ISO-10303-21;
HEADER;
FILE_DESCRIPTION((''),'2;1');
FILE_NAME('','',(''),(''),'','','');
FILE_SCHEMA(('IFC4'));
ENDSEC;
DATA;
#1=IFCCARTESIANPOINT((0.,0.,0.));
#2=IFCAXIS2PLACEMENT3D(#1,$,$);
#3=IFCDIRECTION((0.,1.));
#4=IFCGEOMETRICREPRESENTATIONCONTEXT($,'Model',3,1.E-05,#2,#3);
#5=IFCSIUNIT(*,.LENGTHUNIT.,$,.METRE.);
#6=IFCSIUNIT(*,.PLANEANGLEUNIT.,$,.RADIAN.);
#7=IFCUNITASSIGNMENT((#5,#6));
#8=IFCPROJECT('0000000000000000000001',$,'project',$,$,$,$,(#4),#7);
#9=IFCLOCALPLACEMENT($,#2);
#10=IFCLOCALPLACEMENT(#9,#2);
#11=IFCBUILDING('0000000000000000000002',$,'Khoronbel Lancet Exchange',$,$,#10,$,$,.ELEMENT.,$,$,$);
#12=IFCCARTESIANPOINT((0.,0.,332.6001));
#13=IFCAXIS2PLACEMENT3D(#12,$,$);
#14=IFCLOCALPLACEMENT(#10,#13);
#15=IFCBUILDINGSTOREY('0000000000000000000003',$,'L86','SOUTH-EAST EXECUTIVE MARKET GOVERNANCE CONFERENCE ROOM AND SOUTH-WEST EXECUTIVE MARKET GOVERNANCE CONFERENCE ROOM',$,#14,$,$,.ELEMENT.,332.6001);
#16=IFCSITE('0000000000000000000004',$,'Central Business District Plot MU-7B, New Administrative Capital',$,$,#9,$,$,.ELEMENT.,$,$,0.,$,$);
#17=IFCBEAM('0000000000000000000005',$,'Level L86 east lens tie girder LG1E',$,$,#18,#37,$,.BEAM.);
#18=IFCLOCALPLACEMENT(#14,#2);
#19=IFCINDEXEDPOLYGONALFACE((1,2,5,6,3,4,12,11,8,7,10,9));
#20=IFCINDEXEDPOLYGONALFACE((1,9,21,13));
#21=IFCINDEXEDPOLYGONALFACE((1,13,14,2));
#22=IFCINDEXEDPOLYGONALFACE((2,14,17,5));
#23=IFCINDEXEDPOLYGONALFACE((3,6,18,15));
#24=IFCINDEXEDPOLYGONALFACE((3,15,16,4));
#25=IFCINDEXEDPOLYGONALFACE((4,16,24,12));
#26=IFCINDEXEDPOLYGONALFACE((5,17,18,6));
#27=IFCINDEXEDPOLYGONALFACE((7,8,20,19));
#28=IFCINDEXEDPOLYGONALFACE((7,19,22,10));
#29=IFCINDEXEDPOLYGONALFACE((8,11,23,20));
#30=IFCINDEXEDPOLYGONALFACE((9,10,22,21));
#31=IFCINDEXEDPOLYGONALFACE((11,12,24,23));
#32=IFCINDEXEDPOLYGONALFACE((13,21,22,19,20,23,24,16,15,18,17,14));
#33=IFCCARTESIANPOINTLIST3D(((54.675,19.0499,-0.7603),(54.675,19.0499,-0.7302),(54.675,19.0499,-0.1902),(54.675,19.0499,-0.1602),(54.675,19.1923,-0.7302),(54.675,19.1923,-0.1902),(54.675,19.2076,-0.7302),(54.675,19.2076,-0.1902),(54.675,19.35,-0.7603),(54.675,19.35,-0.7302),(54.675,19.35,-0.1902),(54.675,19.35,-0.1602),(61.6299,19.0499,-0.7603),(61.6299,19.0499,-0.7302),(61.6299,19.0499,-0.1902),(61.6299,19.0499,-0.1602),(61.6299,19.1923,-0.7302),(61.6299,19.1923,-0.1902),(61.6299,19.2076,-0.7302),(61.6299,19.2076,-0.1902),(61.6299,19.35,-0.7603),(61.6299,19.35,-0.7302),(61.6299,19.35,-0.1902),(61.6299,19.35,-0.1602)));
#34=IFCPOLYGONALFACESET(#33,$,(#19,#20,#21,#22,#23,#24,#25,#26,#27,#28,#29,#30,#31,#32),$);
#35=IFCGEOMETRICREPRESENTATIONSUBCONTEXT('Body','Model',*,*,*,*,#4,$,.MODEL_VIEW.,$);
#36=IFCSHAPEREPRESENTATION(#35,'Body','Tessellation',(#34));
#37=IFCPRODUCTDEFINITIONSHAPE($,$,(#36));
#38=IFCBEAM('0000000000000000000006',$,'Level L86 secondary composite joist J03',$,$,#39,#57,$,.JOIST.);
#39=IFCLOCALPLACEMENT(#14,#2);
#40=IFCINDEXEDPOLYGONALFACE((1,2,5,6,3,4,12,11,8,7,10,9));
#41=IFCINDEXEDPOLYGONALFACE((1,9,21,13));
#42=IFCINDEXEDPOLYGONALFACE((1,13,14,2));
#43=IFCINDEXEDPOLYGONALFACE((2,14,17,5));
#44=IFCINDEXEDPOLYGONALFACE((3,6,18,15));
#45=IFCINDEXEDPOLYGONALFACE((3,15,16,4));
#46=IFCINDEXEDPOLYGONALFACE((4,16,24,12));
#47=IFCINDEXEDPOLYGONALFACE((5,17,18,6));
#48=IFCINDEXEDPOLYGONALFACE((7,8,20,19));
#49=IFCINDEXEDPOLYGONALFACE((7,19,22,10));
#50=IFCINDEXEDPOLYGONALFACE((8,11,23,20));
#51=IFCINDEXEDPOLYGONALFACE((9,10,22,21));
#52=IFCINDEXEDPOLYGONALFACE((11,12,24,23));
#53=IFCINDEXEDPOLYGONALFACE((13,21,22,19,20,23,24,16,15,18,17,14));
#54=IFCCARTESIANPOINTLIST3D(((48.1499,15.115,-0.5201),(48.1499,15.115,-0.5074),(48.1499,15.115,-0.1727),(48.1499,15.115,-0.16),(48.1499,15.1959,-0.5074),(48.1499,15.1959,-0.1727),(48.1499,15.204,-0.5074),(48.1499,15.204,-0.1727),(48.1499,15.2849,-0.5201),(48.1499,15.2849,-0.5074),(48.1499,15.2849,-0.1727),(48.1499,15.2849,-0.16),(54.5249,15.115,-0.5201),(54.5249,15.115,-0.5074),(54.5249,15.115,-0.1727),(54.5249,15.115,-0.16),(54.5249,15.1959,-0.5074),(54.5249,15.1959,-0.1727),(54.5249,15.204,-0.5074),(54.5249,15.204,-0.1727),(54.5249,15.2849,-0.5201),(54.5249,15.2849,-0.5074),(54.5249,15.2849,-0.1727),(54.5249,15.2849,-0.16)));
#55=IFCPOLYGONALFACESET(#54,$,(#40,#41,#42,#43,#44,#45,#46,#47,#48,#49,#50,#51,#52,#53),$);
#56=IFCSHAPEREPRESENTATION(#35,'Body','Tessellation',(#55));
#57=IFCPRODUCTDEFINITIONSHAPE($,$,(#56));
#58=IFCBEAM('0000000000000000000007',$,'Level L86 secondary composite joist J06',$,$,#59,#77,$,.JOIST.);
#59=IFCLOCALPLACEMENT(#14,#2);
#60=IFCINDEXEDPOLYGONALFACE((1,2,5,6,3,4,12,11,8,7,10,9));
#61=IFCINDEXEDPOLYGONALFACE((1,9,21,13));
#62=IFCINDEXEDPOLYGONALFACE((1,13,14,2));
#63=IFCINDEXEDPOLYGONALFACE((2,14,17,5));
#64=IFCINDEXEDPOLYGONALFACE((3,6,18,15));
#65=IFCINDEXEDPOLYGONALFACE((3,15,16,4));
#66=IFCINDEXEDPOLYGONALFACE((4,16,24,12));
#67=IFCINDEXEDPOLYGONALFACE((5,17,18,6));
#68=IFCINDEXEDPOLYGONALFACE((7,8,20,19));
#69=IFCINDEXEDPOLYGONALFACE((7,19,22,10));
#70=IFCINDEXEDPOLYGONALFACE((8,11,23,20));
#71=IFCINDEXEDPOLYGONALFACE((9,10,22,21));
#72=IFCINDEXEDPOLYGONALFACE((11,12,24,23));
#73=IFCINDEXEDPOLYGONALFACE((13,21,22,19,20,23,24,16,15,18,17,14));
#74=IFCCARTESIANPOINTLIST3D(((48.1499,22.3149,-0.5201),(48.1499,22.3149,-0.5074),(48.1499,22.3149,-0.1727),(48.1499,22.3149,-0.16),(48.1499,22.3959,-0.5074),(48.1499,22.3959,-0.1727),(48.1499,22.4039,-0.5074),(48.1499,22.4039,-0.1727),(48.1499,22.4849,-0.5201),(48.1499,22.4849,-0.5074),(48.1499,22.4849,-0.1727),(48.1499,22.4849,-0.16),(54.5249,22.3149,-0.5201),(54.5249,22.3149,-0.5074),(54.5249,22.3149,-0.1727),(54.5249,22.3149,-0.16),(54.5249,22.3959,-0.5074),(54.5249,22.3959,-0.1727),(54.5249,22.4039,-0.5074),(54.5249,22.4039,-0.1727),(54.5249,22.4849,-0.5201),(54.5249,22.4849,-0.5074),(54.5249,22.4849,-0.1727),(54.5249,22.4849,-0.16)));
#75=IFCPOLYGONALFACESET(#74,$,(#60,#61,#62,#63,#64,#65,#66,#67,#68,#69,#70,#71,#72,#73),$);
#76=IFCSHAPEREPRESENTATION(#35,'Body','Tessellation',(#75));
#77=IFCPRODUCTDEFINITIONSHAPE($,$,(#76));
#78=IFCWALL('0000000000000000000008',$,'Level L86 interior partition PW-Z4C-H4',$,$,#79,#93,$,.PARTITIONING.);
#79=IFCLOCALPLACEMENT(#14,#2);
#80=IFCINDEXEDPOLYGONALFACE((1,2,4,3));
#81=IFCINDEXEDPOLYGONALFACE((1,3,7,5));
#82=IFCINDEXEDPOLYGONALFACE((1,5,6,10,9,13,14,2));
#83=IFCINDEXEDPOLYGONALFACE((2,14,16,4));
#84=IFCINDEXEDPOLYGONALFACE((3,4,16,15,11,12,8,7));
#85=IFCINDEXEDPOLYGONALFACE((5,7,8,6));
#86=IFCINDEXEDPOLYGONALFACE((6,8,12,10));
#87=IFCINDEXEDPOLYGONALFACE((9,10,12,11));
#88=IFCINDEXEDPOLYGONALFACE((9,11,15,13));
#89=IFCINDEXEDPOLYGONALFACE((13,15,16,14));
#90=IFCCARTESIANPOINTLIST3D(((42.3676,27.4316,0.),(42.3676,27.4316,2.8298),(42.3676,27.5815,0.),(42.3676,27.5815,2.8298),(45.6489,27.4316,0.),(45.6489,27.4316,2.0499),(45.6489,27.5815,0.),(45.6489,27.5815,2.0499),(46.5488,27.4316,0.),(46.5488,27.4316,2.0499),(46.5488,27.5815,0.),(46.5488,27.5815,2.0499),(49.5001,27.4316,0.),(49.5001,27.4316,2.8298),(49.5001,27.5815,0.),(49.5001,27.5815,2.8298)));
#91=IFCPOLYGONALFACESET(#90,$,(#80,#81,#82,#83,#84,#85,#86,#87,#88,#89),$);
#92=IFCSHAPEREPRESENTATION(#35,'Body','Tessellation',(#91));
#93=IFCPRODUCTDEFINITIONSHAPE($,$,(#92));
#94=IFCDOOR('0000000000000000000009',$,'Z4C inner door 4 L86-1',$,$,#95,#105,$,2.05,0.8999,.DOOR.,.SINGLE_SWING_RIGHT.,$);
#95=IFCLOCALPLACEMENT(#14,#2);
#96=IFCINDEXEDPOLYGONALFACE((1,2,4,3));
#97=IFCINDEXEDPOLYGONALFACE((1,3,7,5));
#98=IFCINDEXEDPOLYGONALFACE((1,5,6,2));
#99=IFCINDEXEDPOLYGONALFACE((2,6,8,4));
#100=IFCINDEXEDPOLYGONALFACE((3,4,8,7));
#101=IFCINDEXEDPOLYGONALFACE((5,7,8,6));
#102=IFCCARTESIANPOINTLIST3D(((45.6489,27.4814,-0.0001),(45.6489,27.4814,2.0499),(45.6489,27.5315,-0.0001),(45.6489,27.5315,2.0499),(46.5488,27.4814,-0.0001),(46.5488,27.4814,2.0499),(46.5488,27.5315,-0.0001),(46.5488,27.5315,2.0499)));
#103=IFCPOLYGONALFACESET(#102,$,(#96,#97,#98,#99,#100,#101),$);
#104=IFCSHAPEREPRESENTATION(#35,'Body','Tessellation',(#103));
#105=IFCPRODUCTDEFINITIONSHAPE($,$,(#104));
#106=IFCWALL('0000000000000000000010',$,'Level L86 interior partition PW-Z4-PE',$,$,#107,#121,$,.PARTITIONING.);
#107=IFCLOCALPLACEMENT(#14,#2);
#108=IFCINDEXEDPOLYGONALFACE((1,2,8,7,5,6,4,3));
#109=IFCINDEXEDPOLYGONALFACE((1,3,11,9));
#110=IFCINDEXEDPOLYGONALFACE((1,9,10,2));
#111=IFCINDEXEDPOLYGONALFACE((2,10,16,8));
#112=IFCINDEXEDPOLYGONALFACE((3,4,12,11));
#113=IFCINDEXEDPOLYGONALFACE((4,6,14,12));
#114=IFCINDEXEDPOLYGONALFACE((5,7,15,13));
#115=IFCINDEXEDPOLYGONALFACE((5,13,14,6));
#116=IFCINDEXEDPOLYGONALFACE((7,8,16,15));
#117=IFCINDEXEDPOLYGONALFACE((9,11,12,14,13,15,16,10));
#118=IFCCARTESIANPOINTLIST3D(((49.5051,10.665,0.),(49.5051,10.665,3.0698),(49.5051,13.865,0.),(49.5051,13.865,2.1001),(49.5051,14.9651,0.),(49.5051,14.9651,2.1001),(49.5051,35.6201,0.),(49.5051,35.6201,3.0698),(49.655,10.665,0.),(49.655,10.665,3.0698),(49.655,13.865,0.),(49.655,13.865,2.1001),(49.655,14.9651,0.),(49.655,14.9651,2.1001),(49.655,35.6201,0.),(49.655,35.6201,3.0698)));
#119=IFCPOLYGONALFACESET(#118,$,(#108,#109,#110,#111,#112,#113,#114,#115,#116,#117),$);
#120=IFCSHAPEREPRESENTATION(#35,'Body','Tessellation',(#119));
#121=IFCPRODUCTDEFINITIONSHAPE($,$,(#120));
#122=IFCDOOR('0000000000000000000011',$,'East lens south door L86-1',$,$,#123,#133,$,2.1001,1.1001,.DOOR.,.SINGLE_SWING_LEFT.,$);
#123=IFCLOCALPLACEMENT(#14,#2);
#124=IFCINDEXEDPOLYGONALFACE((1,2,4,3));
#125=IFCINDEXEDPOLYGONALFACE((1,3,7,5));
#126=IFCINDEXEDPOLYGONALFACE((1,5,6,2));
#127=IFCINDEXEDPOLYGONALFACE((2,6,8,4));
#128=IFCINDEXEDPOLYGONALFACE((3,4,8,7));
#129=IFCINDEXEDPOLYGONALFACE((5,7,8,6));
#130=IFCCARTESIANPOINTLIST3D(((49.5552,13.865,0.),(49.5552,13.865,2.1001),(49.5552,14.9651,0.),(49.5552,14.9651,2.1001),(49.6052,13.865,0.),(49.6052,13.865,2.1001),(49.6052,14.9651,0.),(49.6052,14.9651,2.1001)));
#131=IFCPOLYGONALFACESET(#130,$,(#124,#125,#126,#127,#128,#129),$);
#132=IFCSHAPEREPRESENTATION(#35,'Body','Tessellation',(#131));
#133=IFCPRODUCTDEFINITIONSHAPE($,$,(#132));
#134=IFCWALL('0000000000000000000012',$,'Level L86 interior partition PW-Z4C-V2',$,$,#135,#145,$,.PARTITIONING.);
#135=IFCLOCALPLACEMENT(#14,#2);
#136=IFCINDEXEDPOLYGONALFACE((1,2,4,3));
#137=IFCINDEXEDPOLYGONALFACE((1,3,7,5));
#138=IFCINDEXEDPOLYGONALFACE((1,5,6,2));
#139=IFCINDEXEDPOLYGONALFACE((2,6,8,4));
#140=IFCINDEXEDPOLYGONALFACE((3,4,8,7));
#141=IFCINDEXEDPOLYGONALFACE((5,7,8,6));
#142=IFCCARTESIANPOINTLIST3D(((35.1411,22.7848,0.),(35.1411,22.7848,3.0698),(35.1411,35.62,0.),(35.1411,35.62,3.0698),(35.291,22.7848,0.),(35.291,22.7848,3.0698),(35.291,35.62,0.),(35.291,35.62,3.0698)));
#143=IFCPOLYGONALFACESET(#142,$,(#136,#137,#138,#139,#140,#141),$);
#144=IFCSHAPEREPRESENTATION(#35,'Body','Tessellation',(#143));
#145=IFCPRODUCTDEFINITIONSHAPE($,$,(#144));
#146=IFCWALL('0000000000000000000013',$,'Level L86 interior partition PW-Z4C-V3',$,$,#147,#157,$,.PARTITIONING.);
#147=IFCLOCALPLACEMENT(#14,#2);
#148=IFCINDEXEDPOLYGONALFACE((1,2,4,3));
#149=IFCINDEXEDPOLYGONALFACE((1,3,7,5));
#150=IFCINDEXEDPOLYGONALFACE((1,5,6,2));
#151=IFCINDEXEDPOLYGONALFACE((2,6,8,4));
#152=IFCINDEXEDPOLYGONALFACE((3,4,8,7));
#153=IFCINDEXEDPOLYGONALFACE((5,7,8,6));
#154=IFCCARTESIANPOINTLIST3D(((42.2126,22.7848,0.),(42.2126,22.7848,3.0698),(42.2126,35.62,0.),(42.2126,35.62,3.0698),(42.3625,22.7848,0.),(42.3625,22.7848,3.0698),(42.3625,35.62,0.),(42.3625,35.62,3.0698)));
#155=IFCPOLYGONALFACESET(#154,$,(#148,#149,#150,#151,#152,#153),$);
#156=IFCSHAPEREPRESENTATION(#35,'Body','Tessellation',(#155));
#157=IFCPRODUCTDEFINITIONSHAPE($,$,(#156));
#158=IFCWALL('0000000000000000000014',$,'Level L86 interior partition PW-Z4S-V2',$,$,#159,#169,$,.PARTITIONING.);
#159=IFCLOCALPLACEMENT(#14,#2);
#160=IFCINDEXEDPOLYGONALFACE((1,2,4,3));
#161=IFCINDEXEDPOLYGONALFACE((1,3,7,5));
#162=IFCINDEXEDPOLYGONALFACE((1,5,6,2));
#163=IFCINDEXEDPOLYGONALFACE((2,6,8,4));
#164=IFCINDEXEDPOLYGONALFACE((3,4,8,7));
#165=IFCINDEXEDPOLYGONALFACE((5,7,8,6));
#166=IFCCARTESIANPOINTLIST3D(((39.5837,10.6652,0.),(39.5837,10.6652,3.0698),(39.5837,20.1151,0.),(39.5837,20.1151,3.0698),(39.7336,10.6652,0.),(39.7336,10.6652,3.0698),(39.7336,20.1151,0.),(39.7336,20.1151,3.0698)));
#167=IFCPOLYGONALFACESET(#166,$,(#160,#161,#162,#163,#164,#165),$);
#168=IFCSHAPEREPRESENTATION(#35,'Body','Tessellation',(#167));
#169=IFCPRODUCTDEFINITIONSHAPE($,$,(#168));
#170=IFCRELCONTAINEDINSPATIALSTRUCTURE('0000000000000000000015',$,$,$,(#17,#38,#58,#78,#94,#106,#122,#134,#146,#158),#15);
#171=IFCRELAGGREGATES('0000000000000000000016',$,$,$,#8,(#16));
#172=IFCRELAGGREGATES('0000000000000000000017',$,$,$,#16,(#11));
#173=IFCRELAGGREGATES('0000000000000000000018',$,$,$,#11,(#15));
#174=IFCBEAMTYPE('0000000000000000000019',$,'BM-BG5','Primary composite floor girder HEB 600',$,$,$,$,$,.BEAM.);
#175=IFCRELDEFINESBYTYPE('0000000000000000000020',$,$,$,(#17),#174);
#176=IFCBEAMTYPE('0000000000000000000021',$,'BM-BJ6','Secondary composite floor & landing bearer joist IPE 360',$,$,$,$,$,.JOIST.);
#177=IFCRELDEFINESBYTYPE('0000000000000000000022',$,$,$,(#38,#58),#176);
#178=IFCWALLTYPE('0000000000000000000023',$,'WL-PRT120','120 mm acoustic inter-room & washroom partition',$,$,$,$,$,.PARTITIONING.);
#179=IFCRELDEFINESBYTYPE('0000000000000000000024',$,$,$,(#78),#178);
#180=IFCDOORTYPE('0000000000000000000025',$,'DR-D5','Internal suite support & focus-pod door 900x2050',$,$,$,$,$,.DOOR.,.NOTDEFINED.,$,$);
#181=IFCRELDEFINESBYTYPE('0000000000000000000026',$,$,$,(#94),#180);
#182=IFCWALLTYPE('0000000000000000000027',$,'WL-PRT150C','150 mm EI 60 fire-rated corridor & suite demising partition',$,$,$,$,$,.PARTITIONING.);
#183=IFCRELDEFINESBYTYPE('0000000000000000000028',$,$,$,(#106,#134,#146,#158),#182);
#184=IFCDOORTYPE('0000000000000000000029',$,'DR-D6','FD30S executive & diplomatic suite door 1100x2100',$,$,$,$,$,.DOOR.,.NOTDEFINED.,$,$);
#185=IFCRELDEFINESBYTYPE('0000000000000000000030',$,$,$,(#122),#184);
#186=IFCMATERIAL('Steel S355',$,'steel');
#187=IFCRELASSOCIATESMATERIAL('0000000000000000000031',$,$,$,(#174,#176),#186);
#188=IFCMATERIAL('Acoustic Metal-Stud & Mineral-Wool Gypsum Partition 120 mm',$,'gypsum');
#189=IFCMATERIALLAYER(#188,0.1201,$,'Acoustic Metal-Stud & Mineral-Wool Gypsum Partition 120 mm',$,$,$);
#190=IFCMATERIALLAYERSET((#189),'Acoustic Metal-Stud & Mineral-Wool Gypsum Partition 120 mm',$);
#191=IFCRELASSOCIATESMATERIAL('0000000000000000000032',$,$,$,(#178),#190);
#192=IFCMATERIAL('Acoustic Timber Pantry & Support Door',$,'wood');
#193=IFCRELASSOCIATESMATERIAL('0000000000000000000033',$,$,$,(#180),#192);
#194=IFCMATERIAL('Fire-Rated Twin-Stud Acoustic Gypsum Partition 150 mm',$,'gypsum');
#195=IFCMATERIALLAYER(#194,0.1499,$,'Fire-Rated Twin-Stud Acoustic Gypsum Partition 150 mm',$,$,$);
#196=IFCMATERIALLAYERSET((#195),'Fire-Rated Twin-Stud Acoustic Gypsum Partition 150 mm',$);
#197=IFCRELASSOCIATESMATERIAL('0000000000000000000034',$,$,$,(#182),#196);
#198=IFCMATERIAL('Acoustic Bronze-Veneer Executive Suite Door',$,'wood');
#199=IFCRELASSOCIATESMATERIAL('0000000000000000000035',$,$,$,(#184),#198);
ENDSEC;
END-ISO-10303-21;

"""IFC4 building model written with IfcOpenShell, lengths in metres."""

from ifc_helpers import new_model, si_unit, direction, frame, frame_2d, origin, origin_2d, place, context, subcontext, project, spatial, rectangle, i_section, extrude, material, layer, layer_set, material_profile, profile_set, type_object, element, fill, save


model = new_model("IFC4")

# Units and contexts
model_context = context("Model", 3, precision=1e-05, world=origin(), true_north=direction((0.0, 1.0)))
body_context = subcontext(model_context, "Body", "Model", "MODEL_VIEW")
ifc_project = project(units=[si_unit("LENGTHUNIT", "METRE"), si_unit("PLANEANGLEUNIT", "RADIAN")], contexts=[model_context])

# Site, building, storey
site_placement = place(None, origin())
site = spatial("IfcSite", under=ifc_project, at=site_placement, Name="Central Business District Plot MU-7B, New Administrative Capital", CompositionType="ELEMENT", RefElevation=0.0)
building_placement = place(site_placement, origin())
building = spatial("IfcBuilding", under=site, at=building_placement, Name="Khoronbel Lancet Exchange", CompositionType="ELEMENT")
storey_placement = place(building_placement, frame((0.0, 0.0, 332.6001)))
storey = spatial("IfcBuildingStorey", under=building, at=storey_placement, Name="L86", Description="SOUTH-EAST EXECUTIVE MARKET GOVERNANCE CONFERENCE ROOM AND SOUTH-WEST EXECUTIVE MARKET GOVERNANCE CONFERENCE ROOM", CompositionType="ELEMENT", Elevation=332.6001)

# Beams
ifc_material_1 = material(Name="Steel S355", Category="steel")
ifc_material_profile_1 = material_profile(ifc_material_1, i_section(OverallWidth=0.3, OverallDepth=0.6001, WebThickness=0.0154, FlangeThickness=0.03, at=origin_2d()), Name="HEB 600")
ifc_profile_set_1 = profile_set([ifc_material_profile_1], Name="Steel S355")
beam_type_1 = type_object("IfcBeamType", Name="BM-BG5", Description="Primary composite floor girder HEB 600", PredefinedType="BEAM", material=ifc_profile_set_1)
beam_placement = place(storey_placement, frame((54.675, 19.2, -0.4602), z_axis=(1.0, 0.0, 0.0), x_axis=(0.0, 1.0, 0.0)))
element("IfcBeam", 1, at=beam_placement, inside=storey, type_object=beam_type_1, Name="Level L86 east lens tie girder LG1E", PredefinedType="BEAM", context=body_context, shape_type="SweptSolid", body=[
    extrude(i_section(OverallWidth=0.3, OverallDepth=0.6001, WebThickness=0.0154, FlangeThickness=0.03, at=origin_2d()), origin(), (0.0, 0.0, 1.0), 6.9548),
])
ifc_material_profile_2 = material_profile(ifc_material_1, i_section(OverallWidth=0.1699, OverallDepth=0.3601, WebThickness=0.0081, FlangeThickness=0.0127, at=origin_2d()), Name="IPE 360")
ifc_profile_set_2 = profile_set([ifc_material_profile_2], Name="Steel S355")
beam_type_2 = type_object("IfcBeamType", Name="BM-BJ6", Description="Secondary composite floor & landing bearer joist IPE 360", PredefinedType="JOIST", material=ifc_profile_set_2)
for number, where, z_axis, x_axis, name in (
    (2, (48.1499, 15.2, -0.3401), (1.0, 0.0, 0.0), (0.0, 1.0, 0.0), "Level L86 secondary composite joist J03"),
    (3, (48.1499, 22.3999, -0.3401), (1.0, 0.0, 0.0), (0.0, 1.0, 0.0), "Level L86 secondary composite joist J06"),
):
    element("IfcBeam", number, at=place(storey_placement, frame(where, z_axis=z_axis, x_axis=x_axis)), inside=storey, type_object=beam_type_2, Name=name, PredefinedType="JOIST", context=body_context, shape_type="SweptSolid", body=[
        extrude(i_section(OverallWidth=0.1699, OverallDepth=0.3601, WebThickness=0.0081, FlangeThickness=0.0127, at=origin_2d()), origin(), (0.0, 0.0, 1.0), 6.375),
    ])

# Walls, openings, doors
ifc_material_2 = material(Name="Acoustic Metal-Stud & Mineral-Wool Gypsum Partition 120 mm", Category="gypsum")
ifc_layer_1 = layer(ifc_material_2, 0.1201, Name="Acoustic Metal-Stud & Mineral-Wool Gypsum Partition 120 mm")
ifc_layer_set_1 = layer_set([ifc_layer_1], Name="Acoustic Metal-Stud & Mineral-Wool Gypsum Partition 120 mm")
wall_type_1 = type_object("IfcWallType", Name="WL-PRT120", Description="120 mm acoustic inter-room & washroom partition", PredefinedType="PARTITIONING", material=ifc_layer_set_1)
wall_1_placement = place(storey_placement, frame((42.3674, 27.5066, 0.0), z_axis=(0.0, 0.0, 1.0), x_axis=(1.0, 0.0, 0.0)))
wall_1 = element("IfcWall", 4, at=wall_1_placement, inside=storey, type_object=wall_type_1, Name="Level L86 interior partition PW-Z4C-H4", PredefinedType="PARTITIONING", context=body_context, shape_type="SweptSolid", body=[
    extrude(rectangle(XDim=7.1326, YDim=0.1499, at=frame_2d((3.5664, 0.0))), origin(), (0.0, 0.0, 1.0), 2.8298),
])
opening_1_placement = place(wall_1_placement, frame((3.2815, 0.0, 0.0)))
opening_1 = element("IfcOpeningElement", 5, at=opening_1_placement, cuts=wall_1, PredefinedType="OPENING", context=body_context, shape_type="SweptSolid", body=[
    extrude(rectangle(XDim=0.8999, YDim=2.05, at=frame_2d((0.45, 1.0249))), frame((0.0, 0.085, 0.0), z_axis=(0.0, -1.0, 0.0), x_axis=(1.0, 0.0, 0.0)), (0.0, 0.0, 1.0), 0.1699),
])
ifc_material_3 = material(Name="Acoustic Timber Pantry & Support Door", Category="wood")
door_type_1 = type_object("IfcDoorType", Name="DR-D5", Description="Internal suite support & focus-pod door 900x2050", OperationType="NOTDEFINED", PredefinedType="DOOR", material=ifc_material_3)
door_1_placement = place(opening_1_placement, origin())
door_1 = element("IfcDoor", 6, at=door_1_placement, inside=storey, type_object=door_type_1, Name="Z4C inner door 4 L86-1", OperationType="SINGLE_SWING_RIGHT", OverallHeight=2.05, OverallWidth=0.8999, PredefinedType="DOOR", context=body_context, shape_type="SweptSolid", body=[
    extrude(rectangle(XDim=0.8999, YDim=2.05, at=frame_2d((0.45, 1.0249))), frame((0.0, 0.0249, 0.0), z_axis=(0.0, -1.0, 0.0), x_axis=(1.0, 0.0, 0.0)), (0.0, 0.0, 1.0), 0.05),
])
fill(opening_1, door_1)
ifc_material_4 = material(Name="Fire-Rated Twin-Stud Acoustic Gypsum Partition 150 mm", Category="gypsum")
ifc_layer_2 = layer(ifc_material_4, 0.1499, Name="Fire-Rated Twin-Stud Acoustic Gypsum Partition 150 mm")
ifc_layer_set_2 = layer_set([ifc_layer_2], Name="Fire-Rated Twin-Stud Acoustic Gypsum Partition 150 mm")
wall_type_2 = type_object("IfcWallType", Name="WL-PRT150C", Description="150 mm EI 60 fire-rated corridor & suite demising partition", PredefinedType="PARTITIONING", material=ifc_layer_set_2)
wall_2_placement = place(storey_placement, frame((49.5801, 10.665, 0.0), z_axis=(0.0, 0.0, 1.0), x_axis=(0.0, 1.0, 0.0)))
wall_2 = element("IfcWall", 7, at=wall_2_placement, inside=storey, type_object=wall_type_2, Name="Level L86 interior partition PW-Z4-PE", PredefinedType="PARTITIONING", context=body_context, shape_type="SweptSolid", body=[
    extrude(rectangle(XDim=24.9551, YDim=0.1499, at=frame_2d((12.4775, 0.0))), origin(), (0.0, 0.0, 1.0), 3.0698),
])
opening_2_placement = place(wall_2_placement, frame((3.2, 0.0, 0.0)))
opening_2 = element("IfcOpeningElement", 8, at=opening_2_placement, cuts=wall_2, PredefinedType="OPENING", context=body_context, shape_type="SweptSolid", body=[
    extrude(rectangle(XDim=1.1001, YDim=2.1001, at=frame_2d((0.55, 1.05))), frame((0.0, 0.085, 0.0), z_axis=(0.0, -1.0, 0.0), x_axis=(1.0, 0.0, 0.0)), (0.0, 0.0, 1.0), 0.1699),
])
ifc_material_5 = material(Name="Acoustic Bronze-Veneer Executive Suite Door", Category="wood")
door_type_2 = type_object("IfcDoorType", Name="DR-D6", Description="FD30S executive & diplomatic suite door 1100x2100", OperationType="NOTDEFINED", PredefinedType="DOOR", material=ifc_material_5)
door_2_placement = place(opening_2_placement, origin())
door_2 = element("IfcDoor", 9, at=door_2_placement, inside=storey, type_object=door_type_2, Name="East lens south door L86-1", OperationType="SINGLE_SWING_LEFT", OverallHeight=2.1001, OverallWidth=1.1001, PredefinedType="DOOR", context=body_context, shape_type="SweptSolid", body=[
    extrude(rectangle(XDim=1.1001, YDim=2.1001, at=frame_2d((0.55, 1.05))), frame((0.0, 0.0249, 0.0), z_axis=(0.0, -1.0, 0.0), x_axis=(1.0, 0.0, 0.0)), (0.0, 0.0, 1.0), 0.05),
])
fill(opening_2, door_2)

# Walls
for number, where, z_axis, x_axis, name in (
    (10, (35.2161, 22.7849, 0.0), (0.0, 0.0, 1.0), (0.0, 1.0, 0.0), "Level L86 interior partition PW-Z4C-V2"),
    (11, (42.2876, 22.7849, 0.0), (0.0, 0.0, 1.0), (0.0, 1.0, 0.0), "Level L86 interior partition PW-Z4C-V3"),
):
    element("IfcWall", number, at=place(storey_placement, frame(where, z_axis=z_axis, x_axis=x_axis)), inside=storey, type_object=wall_type_2, Name=name, PredefinedType="PARTITIONING", context=body_context, shape_type="SweptSolid", body=[
        extrude(rectangle(XDim=12.8352, YDim=0.1499, at=frame_2d((6.4175, 0.0))), origin(), (0.0, 0.0, 1.0), 3.0698),
    ])
wall_3_placement = place(storey_placement, frame((39.6587, 10.665, 0.0), z_axis=(0.0, 0.0, 1.0), x_axis=(0.0, 1.0, 0.0)))
element("IfcWall", 12, at=wall_3_placement, inside=storey, type_object=wall_type_2, Name="Level L86 interior partition PW-Z4S-V2", PredefinedType="PARTITIONING", context=body_context, shape_type="SweptSolid", body=[
    extrude(rectangle(XDim=9.45, YDim=0.1499, at=frame_2d((4.7251, 0.0))), origin(), (0.0, 0.0, 1.0), 3.0698),
])

save(model, "model.ifc")
